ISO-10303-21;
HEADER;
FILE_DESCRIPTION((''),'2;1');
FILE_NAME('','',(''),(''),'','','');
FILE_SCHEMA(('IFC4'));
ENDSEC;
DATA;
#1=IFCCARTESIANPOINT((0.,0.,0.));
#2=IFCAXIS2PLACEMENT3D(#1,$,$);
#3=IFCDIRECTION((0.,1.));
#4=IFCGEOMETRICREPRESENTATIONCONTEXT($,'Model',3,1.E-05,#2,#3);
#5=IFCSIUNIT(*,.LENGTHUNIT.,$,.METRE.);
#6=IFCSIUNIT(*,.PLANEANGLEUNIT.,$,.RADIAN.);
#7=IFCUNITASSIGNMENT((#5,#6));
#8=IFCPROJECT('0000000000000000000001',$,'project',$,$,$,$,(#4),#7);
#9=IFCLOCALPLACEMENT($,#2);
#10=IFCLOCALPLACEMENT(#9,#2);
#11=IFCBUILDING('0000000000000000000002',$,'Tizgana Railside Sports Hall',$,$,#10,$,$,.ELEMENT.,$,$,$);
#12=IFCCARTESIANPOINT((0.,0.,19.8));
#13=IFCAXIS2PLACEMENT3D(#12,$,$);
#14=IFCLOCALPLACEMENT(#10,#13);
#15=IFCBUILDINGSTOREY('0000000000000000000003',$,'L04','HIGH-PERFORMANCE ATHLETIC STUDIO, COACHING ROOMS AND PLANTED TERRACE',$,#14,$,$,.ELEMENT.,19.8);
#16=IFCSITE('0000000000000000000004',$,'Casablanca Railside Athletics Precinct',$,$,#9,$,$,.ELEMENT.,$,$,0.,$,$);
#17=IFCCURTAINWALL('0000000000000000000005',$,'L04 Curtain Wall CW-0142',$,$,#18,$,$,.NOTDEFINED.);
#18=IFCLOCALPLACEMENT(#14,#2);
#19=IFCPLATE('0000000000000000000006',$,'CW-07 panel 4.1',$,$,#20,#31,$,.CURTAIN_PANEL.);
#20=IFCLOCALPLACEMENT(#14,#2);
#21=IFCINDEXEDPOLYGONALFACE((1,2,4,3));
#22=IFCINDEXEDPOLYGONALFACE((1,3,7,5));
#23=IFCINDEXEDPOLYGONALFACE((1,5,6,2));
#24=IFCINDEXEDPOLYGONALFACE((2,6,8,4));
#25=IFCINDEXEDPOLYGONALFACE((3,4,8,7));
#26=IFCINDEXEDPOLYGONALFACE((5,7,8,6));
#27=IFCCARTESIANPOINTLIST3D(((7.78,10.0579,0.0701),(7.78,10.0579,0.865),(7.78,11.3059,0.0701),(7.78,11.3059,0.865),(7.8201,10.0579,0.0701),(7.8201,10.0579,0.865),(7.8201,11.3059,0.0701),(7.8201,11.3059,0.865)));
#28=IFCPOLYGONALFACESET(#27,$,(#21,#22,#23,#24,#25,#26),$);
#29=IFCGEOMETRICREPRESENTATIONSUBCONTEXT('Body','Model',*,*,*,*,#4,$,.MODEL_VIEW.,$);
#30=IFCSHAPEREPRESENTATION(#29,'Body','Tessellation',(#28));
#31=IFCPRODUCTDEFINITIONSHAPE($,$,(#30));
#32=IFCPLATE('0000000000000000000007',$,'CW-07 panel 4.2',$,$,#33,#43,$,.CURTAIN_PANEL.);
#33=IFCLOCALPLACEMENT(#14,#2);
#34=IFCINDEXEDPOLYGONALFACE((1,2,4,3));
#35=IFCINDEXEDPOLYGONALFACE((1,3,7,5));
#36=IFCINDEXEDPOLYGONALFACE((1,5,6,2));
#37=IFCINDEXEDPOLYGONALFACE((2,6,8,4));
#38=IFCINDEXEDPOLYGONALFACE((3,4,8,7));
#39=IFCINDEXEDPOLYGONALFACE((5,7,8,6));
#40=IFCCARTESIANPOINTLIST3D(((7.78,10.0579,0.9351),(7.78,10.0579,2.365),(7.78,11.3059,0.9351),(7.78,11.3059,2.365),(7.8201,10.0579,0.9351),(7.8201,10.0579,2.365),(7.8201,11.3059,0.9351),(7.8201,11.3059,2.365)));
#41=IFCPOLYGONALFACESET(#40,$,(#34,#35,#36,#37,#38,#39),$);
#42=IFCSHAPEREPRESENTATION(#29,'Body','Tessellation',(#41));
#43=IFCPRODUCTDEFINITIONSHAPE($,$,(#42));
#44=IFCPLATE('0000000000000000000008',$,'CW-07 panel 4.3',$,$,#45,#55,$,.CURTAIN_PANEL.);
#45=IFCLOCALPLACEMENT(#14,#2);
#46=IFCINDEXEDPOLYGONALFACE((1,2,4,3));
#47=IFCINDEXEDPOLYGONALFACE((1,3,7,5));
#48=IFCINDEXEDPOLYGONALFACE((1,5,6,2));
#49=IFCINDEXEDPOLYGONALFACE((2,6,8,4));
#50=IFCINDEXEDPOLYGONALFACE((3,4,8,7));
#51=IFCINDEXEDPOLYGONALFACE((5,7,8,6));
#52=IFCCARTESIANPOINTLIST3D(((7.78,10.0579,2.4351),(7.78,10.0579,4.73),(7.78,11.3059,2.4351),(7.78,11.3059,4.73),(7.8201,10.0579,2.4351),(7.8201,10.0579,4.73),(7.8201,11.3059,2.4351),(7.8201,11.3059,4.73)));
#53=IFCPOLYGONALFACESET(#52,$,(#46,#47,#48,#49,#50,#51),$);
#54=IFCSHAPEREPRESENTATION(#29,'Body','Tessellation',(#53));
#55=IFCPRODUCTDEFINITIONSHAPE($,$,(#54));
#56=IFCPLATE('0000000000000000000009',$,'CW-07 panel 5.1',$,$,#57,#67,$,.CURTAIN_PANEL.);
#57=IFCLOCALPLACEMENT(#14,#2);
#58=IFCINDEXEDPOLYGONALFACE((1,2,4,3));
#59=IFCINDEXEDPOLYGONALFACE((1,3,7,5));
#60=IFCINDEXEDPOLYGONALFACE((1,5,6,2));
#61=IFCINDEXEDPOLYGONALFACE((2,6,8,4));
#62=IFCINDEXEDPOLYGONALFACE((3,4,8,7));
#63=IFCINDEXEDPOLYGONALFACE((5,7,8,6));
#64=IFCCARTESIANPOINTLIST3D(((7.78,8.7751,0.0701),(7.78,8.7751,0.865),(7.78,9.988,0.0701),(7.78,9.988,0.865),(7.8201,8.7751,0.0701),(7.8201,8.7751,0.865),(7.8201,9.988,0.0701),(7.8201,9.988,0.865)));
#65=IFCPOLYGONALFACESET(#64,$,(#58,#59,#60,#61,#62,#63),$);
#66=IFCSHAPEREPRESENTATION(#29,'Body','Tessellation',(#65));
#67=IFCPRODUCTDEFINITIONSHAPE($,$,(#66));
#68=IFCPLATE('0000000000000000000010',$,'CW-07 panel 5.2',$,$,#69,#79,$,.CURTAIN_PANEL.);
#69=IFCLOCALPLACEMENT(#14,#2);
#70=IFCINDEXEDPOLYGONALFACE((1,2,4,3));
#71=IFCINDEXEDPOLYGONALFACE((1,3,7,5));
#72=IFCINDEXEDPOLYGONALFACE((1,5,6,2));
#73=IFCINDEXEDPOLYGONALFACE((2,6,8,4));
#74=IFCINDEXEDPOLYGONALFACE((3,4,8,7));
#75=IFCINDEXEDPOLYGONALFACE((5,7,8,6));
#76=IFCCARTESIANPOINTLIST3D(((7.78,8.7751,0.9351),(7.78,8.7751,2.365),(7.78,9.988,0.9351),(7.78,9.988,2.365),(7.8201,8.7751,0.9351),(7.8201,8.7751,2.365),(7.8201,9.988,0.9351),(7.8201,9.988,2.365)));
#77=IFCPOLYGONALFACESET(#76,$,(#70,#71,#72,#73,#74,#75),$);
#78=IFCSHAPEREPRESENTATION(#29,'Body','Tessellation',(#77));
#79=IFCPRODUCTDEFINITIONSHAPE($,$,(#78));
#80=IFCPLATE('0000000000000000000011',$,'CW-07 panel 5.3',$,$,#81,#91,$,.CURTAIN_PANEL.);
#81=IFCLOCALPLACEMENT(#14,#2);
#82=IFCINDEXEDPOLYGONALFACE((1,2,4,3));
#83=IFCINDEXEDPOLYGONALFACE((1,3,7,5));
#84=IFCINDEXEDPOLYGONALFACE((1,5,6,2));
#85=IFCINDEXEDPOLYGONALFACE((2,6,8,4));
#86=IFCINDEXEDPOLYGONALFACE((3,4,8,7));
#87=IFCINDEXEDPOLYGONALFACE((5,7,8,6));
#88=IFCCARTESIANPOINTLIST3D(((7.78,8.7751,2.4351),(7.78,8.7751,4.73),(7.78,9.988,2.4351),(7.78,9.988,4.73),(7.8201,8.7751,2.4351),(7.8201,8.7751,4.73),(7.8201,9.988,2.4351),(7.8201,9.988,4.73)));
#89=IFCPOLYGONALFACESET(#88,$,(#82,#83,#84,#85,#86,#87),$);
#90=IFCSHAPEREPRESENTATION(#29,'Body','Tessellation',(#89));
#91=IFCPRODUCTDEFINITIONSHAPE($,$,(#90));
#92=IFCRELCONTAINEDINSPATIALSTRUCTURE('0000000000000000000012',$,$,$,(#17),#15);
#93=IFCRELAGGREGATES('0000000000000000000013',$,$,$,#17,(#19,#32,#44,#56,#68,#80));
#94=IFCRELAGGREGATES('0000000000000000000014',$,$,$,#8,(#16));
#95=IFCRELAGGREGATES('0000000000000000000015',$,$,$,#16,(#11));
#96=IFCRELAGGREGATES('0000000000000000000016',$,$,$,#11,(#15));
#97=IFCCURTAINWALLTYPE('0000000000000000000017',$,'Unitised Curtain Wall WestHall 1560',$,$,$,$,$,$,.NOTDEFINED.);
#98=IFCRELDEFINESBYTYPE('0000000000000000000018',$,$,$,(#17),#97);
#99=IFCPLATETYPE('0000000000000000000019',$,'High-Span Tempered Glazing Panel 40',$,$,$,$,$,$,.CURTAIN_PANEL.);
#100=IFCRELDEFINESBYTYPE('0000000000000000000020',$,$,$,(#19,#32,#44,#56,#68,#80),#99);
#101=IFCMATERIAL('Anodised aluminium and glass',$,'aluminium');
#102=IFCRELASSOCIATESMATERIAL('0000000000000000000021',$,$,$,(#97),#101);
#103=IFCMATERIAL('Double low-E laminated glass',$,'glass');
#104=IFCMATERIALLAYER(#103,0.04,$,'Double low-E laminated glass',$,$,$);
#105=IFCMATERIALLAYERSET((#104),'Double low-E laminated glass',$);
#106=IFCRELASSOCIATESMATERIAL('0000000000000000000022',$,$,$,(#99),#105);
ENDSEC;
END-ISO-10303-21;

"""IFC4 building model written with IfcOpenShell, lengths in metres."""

from ifc_helpers import new_model, si_unit, direction, frame, origin, origin_2d, place, context, subcontext, project, spatial, rectangle, extrude, material, layer, layer_set, type_object, element, aggregate, save


model = new_model("IFC4")

# Units and contexts
model_context = context("Model", 3, precision=1e-05, world=origin(), true_north=direction((0.0, 1.0)))
body_context = subcontext(model_context, "Body", "Model", "MODEL_VIEW")
ifc_project = project(units=[si_unit("LENGTHUNIT", "METRE"), si_unit("PLANEANGLEUNIT", "RADIAN")], contexts=[model_context])

# Site, building, storey
site_placement = place(None, origin())
site = spatial("IfcSite", under=ifc_project, at=site_placement, Name="Casablanca Railside Athletics Precinct", CompositionType="ELEMENT", RefElevation=0.0)
building_placement = place(site_placement, origin())
building = spatial("IfcBuilding", under=site, at=building_placement, Name="Tizgana Railside Sports Hall", CompositionType="ELEMENT")
storey_placement = place(building_placement, frame((0.0, 0.0, 19.8)))
storey = spatial("IfcBuildingStorey", under=building, at=storey_placement, Name="L04", Description="HIGH-PERFORMANCE ATHLETIC STUDIO, COACHING ROOMS AND PLANTED TERRACE", CompositionType="ELEMENT", Elevation=19.8)

# Shared definitions
ifc_material_1 = material(Name="Anodised aluminium and glass", Category="aluminium")

# Curtain wall
curtain_wall_type_1 = type_object("IfcCurtainWallType", Name="Unitised Curtain Wall WestHall 1560", PredefinedType="NOTDEFINED", material=ifc_material_1)
curtain_wall_1_placement = place(storey_placement, origin())
curtain_wall_1 = element("IfcCurtainWall", 1, at=curtain_wall_1_placement, inside=storey, type_object=curtain_wall_type_1, Name="L04 Curtain Wall CW-0142", PredefinedType="NOTDEFINED")

# Plates
ifc_material_2 = material(Name="Double low-E laminated glass", Category="glass")
ifc_layer_1 = layer(ifc_material_2, 0.04, Name="Double low-E laminated glass")
ifc_layer_set_1 = layer_set([ifc_layer_1], Name="Double low-E laminated glass")
plate_type_1 = type_object("IfcPlateType", Name="High-Span Tempered Glazing Panel 40", PredefinedType="CURTAIN_PANEL", material=ifc_layer_set_1)
plate_1_placement = place(storey_placement, frame((7.8, 10.6819, 0.0701), z_axis=(0.0, 0.0, 1.0), x_axis=(0.0, -1.0, 0.0)))
plate_1 = element("IfcPlate", 2, at=plate_1_placement, type_object=plate_type_1, Name="CW-07 panel 4.1", PredefinedType="CURTAIN_PANEL", context=body_context, shape_type="SweptSolid", body=[
    extrude(rectangle(XDim=1.248, YDim=0.04, at=origin_2d()), origin(), (0.0, 0.0, 1.0), 0.7949),
])
plate_2_placement = place(storey_placement, frame((7.8, 10.6819, 0.9351), z_axis=(0.0, 0.0, 1.0), x_axis=(0.0, -1.0, 0.0)))
plate_2 = element("IfcPlate", 3, at=plate_2_placement, type_object=plate_type_1, Name="CW-07 panel 4.2", PredefinedType="CURTAIN_PANEL", context=body_context, shape_type="SweptSolid", body=[
    extrude(rectangle(XDim=1.248, YDim=0.04, at=origin_2d()), origin(), (0.0, 0.0, 1.0), 1.4299),
])
plate_3_placement = place(storey_placement, frame((7.8, 10.6819, 2.4351), z_axis=(0.0, 0.0, 1.0), x_axis=(0.0, -1.0, 0.0)))
plate_3 = element("IfcPlate", 4, at=plate_3_placement, type_object=plate_type_1, Name="CW-07 panel 4.3", PredefinedType="CURTAIN_PANEL", context=body_context, shape_type="SweptSolid", body=[
    extrude(rectangle(XDim=1.248, YDim=0.04, at=origin_2d()), origin(), (0.0, 0.0, 1.0), 2.2949),
])
plate_4_placement = place(storey_placement, frame((7.8, 9.3816, 0.0701), z_axis=(0.0, 0.0, 1.0), x_axis=(0.0, -1.0, 0.0)))
plate_4 = element("IfcPlate", 5, at=plate_4_placement, type_object=plate_type_1, Name="CW-07 panel 5.1", PredefinedType="CURTAIN_PANEL", context=body_context, shape_type="SweptSolid", body=[
    extrude(rectangle(XDim=1.2129, YDim=0.04, at=origin_2d()), origin(), (0.0, 0.0, 1.0), 0.7949),
])
plate_5_placement = place(storey_placement, frame((7.8, 9.3816, 0.9351), z_axis=(0.0, 0.0, 1.0), x_axis=(0.0, -1.0, 0.0)))
plate_5 = element("IfcPlate", 6, at=plate_5_placement, type_object=plate_type_1, Name="CW-07 panel 5.2", PredefinedType="CURTAIN_PANEL", context=body_context, shape_type="SweptSolid", body=[
    extrude(rectangle(XDim=1.2129, YDim=0.04, at=origin_2d()), origin(), (0.0, 0.0, 1.0), 1.4299),
])
plate_6_placement = place(storey_placement, frame((7.8, 9.3816, 2.4351), z_axis=(0.0, 0.0, 1.0), x_axis=(0.0, -1.0, 0.0)))
plate_6 = element("IfcPlate", 7, at=plate_6_placement, type_object=plate_type_1, Name="CW-07 panel 5.3", PredefinedType="CURTAIN_PANEL", context=body_context, shape_type="SweptSolid", body=[
    extrude(rectangle(XDim=1.2129, YDim=0.04, at=origin_2d()), origin(), (0.0, 0.0, 1.0), 2.2949),
])
aggregate(curtain_wall_1, [plate_1, plate_2, plate_3, plate_4, plate_5, plate_6])

save(model, "model.ifc")
